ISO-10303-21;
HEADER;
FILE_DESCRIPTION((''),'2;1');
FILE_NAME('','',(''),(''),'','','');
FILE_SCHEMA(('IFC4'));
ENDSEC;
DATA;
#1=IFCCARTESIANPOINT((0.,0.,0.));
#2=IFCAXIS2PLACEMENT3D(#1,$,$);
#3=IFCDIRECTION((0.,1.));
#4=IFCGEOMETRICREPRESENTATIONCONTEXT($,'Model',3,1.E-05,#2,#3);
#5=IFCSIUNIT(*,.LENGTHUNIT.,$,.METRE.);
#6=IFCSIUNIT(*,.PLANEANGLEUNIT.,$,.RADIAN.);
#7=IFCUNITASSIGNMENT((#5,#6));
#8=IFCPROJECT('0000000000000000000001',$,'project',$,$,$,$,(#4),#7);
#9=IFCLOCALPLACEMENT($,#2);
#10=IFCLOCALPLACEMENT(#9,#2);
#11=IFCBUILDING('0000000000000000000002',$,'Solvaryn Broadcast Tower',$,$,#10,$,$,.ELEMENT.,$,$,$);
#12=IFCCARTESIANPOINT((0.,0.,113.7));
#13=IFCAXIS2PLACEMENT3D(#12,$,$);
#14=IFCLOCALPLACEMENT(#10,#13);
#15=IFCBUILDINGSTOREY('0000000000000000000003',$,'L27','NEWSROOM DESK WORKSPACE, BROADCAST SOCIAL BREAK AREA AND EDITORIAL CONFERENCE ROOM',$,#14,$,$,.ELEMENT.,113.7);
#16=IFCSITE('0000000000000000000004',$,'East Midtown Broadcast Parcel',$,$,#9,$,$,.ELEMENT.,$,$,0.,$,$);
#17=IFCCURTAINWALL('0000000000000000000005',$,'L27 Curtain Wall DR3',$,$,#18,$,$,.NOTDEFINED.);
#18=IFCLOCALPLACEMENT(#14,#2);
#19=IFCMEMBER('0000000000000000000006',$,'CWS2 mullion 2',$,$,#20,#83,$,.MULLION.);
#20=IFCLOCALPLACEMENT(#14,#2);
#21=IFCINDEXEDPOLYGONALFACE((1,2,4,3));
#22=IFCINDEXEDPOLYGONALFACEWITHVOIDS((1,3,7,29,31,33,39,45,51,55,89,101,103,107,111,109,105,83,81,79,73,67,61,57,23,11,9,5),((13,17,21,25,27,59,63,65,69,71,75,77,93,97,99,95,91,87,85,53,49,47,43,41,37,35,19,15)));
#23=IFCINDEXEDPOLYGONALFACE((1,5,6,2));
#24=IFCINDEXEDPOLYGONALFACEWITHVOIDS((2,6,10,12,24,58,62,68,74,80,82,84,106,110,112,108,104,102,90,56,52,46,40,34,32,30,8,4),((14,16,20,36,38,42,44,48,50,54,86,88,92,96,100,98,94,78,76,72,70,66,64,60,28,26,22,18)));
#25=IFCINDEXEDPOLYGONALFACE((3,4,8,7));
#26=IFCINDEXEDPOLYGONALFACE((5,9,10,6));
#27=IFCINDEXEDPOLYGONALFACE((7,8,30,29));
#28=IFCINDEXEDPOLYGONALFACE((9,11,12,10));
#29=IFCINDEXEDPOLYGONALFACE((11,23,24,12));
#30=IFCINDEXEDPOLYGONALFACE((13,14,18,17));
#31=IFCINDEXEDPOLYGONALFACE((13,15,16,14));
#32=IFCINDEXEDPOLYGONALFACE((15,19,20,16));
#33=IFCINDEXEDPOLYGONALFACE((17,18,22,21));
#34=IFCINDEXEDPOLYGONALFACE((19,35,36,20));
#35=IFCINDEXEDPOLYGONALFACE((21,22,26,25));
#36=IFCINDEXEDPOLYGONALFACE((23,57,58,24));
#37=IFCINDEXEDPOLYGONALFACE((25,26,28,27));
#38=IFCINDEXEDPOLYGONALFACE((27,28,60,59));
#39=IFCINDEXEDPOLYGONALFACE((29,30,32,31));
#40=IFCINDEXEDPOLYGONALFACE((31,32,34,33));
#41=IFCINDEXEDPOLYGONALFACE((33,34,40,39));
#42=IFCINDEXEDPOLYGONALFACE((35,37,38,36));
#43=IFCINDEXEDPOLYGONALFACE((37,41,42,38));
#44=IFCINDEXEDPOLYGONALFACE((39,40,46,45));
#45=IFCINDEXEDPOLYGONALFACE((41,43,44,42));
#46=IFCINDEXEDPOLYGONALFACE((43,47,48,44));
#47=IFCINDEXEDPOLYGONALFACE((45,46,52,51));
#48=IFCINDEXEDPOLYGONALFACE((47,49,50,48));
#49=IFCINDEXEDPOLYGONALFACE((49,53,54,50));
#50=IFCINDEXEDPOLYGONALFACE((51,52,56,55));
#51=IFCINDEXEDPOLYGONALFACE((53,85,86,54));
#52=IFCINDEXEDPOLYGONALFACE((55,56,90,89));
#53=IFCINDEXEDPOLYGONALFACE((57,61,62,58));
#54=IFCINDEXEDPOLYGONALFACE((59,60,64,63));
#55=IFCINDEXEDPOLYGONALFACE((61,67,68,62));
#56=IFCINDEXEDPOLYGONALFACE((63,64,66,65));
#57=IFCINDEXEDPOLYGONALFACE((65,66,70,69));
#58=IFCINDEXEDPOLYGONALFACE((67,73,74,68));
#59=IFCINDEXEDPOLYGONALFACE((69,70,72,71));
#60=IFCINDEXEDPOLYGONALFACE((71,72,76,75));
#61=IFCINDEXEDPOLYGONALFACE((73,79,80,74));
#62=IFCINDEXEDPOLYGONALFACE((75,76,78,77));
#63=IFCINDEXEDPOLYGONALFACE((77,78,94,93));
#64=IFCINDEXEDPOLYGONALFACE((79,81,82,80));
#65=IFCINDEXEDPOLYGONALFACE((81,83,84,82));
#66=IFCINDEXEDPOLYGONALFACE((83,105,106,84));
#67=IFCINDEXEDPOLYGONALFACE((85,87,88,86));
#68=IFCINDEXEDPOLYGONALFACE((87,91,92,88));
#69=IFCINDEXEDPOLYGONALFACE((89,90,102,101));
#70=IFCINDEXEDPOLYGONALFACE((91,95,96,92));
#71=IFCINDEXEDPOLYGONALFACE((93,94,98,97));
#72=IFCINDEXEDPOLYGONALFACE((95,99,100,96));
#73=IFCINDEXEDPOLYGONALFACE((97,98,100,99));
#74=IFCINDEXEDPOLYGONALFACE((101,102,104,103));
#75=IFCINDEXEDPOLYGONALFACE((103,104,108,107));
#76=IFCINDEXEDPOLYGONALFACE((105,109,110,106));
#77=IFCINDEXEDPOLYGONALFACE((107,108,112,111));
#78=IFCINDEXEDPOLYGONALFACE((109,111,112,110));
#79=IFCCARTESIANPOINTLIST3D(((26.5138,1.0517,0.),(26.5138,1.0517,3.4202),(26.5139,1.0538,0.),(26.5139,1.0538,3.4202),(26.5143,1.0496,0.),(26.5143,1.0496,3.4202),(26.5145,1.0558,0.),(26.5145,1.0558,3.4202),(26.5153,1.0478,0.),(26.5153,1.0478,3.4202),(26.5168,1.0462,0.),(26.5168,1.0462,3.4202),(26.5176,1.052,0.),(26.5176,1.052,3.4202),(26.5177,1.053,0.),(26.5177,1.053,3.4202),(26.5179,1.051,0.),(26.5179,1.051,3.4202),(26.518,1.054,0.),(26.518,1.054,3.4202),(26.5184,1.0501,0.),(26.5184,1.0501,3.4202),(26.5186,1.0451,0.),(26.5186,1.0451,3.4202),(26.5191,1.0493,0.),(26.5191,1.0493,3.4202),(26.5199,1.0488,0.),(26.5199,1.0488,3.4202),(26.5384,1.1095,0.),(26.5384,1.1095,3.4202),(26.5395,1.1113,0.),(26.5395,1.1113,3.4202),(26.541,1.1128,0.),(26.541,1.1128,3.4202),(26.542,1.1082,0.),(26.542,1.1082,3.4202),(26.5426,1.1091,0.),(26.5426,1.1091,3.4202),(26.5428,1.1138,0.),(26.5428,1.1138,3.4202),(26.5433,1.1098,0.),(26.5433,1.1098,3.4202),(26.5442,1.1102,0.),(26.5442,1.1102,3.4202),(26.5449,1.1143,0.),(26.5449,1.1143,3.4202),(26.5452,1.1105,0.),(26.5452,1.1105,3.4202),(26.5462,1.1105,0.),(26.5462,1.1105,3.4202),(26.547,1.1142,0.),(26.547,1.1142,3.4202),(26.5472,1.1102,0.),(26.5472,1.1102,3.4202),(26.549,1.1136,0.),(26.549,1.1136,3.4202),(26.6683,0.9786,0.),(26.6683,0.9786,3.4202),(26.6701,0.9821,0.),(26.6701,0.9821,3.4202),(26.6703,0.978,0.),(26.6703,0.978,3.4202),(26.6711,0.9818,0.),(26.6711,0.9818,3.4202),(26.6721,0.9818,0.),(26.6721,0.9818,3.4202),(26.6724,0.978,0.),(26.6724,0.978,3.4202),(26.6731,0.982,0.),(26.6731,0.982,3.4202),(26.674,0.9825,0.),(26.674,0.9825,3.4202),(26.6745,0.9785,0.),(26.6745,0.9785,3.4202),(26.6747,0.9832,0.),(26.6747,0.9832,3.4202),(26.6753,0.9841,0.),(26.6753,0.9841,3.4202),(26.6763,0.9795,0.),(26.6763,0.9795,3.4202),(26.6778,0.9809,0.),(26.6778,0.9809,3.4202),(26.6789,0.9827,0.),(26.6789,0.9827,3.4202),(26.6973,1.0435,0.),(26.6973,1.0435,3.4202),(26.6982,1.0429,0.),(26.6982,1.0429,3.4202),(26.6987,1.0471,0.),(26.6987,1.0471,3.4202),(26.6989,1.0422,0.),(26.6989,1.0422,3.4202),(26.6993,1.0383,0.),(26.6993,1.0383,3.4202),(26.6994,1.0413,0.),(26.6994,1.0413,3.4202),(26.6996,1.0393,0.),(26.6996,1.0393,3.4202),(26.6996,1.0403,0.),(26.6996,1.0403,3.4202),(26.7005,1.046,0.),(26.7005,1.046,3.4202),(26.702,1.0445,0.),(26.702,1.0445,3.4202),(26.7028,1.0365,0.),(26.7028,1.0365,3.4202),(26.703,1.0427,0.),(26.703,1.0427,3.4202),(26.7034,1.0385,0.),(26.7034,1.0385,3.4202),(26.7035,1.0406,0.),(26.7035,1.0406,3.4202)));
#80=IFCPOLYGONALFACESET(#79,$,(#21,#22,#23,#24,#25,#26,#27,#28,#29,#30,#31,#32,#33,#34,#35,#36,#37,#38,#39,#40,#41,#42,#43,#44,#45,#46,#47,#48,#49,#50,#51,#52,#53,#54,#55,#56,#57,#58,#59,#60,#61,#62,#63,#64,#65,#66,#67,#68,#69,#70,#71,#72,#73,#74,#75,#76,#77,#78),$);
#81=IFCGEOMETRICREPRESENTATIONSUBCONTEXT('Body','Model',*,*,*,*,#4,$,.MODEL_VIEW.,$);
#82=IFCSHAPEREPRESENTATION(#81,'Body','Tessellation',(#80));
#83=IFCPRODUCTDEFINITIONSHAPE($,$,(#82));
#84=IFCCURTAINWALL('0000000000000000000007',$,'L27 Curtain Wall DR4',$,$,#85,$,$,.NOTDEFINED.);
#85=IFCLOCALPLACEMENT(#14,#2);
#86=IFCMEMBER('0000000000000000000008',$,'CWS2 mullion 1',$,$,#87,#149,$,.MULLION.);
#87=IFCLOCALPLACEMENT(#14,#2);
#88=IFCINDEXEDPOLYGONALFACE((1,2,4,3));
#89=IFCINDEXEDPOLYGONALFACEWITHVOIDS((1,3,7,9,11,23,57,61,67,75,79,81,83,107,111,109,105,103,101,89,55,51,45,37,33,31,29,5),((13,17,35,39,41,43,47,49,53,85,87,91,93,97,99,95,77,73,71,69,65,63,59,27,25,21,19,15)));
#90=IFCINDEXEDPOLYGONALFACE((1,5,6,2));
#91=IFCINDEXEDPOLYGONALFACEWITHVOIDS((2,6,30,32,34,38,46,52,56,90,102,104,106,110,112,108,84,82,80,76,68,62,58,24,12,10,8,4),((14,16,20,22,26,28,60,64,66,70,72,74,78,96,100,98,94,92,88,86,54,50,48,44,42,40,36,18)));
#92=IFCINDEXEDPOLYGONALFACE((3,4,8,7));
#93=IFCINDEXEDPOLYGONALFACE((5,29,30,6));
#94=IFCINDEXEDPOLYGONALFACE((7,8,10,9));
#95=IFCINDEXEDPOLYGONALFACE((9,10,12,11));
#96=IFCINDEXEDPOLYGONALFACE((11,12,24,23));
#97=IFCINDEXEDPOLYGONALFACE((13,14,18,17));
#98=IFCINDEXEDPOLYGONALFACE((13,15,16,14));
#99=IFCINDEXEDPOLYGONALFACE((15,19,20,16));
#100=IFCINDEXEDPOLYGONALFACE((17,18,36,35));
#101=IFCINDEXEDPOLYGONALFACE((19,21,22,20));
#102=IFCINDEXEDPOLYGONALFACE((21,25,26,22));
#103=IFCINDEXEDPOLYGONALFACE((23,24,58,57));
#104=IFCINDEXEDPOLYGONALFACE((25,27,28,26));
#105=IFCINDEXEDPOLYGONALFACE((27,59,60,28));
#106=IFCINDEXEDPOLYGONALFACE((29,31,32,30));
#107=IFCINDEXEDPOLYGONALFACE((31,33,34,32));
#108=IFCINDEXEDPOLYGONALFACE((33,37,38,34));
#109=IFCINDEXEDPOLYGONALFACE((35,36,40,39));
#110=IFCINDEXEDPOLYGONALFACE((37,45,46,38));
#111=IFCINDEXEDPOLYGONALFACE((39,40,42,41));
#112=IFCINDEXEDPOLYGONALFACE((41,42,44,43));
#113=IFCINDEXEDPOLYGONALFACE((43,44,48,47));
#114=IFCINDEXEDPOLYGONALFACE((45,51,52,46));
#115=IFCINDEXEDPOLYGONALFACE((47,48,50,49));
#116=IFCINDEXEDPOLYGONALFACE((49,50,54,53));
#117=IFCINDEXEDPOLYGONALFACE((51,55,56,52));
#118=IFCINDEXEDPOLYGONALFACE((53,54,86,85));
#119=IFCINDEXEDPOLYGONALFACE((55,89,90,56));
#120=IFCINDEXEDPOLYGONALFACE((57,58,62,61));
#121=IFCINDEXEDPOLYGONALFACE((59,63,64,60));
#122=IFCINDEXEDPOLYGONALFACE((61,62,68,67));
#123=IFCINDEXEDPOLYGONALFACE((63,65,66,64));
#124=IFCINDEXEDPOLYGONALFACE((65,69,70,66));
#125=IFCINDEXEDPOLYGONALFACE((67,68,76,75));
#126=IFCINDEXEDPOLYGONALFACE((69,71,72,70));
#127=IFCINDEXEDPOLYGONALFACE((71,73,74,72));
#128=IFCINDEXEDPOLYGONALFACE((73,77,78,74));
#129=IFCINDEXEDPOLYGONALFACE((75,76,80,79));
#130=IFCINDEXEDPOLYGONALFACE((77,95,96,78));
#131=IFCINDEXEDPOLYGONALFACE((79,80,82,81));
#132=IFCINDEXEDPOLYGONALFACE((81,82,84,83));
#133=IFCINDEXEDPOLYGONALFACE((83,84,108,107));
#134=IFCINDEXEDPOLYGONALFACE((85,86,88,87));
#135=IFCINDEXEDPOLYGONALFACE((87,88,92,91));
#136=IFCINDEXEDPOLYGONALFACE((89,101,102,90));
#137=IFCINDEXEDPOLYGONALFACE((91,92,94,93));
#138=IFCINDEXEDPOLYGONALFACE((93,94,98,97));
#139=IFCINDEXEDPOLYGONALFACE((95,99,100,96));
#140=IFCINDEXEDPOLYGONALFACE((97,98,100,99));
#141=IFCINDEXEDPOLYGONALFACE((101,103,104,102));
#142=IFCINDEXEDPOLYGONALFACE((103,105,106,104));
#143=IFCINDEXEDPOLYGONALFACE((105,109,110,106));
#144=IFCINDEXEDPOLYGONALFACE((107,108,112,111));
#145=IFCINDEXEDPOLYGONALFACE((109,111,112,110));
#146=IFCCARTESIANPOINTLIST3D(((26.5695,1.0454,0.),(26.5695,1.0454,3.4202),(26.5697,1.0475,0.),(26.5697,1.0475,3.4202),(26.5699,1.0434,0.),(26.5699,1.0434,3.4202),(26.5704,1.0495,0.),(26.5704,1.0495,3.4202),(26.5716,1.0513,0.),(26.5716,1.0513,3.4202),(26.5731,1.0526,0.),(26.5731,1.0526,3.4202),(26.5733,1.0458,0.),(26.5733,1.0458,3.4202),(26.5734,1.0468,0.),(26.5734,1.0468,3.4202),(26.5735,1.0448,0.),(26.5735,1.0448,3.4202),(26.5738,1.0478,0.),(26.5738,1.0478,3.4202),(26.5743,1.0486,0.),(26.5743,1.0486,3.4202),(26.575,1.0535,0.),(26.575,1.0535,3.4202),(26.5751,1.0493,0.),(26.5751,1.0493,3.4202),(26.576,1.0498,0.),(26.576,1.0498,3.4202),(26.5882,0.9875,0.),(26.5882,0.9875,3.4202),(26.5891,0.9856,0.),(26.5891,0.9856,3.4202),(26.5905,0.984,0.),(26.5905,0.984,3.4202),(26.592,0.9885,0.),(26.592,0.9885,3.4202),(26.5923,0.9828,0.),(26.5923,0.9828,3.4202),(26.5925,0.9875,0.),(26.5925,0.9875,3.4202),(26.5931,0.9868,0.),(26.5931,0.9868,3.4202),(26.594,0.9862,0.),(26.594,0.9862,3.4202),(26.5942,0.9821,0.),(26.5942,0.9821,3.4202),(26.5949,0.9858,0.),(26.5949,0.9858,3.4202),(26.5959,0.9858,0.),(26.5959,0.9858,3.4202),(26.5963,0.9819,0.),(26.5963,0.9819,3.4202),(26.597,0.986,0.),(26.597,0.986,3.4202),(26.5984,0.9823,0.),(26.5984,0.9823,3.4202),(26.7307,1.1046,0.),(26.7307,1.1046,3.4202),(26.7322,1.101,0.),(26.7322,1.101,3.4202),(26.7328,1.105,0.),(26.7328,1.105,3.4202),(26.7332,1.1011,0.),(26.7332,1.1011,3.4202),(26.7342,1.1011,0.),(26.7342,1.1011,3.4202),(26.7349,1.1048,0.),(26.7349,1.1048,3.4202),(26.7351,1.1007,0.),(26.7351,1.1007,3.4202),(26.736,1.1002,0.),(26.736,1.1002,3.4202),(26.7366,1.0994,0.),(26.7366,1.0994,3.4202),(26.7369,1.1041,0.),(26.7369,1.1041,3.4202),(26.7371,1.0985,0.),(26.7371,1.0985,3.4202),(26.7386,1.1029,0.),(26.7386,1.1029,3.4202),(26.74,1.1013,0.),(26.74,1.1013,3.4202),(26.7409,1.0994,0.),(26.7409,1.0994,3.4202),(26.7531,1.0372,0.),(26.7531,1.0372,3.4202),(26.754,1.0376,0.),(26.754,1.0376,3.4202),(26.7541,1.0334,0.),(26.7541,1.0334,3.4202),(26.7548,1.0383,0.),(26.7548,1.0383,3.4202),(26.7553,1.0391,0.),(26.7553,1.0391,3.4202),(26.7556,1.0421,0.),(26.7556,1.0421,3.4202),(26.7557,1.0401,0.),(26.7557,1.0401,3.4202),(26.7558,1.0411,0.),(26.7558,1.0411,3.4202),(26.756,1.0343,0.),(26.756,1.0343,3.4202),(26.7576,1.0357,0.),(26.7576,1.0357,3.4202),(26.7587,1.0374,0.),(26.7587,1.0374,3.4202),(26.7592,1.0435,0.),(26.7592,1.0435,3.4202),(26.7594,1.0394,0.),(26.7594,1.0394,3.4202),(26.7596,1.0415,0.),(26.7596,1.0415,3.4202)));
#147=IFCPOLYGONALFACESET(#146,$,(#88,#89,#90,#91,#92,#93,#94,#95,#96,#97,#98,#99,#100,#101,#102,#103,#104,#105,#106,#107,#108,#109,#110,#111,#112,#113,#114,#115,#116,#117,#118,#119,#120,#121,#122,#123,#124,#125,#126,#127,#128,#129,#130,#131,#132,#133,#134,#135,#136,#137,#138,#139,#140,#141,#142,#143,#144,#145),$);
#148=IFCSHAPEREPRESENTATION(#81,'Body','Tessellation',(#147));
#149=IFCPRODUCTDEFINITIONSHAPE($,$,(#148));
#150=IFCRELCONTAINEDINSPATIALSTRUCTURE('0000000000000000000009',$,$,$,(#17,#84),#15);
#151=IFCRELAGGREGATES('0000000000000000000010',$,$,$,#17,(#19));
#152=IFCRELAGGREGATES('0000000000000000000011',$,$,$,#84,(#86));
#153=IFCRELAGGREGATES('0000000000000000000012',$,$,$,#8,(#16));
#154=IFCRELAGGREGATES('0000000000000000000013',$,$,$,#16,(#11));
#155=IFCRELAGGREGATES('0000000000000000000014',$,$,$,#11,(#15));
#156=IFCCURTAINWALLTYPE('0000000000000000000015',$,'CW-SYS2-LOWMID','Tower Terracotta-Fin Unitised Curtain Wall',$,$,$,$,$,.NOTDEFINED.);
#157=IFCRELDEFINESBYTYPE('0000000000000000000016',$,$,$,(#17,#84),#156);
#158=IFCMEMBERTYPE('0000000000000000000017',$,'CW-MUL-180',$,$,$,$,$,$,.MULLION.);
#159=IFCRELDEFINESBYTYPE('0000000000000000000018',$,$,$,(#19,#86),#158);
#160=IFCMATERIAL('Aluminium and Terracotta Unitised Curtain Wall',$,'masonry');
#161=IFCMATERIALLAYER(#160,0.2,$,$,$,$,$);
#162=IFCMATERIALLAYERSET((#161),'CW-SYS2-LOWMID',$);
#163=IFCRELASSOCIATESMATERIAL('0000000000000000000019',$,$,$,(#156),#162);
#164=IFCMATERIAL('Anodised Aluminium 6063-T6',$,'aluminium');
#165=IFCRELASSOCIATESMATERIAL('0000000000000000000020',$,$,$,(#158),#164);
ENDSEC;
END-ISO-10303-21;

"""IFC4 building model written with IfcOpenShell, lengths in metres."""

from ifc_helpers import new_model, si_unit, direction, frame, origin, origin_2d, place, context, subcontext, project, spatial, hollow_rectangle, extrude, material, layer, layer_set, material_profile, profile_set, type_object, element, aggregate, save


model = new_model("IFC4")

# Units and contexts
model_context = context("Model", 3, precision=1e-05, world=origin(), true_north=direction((0.0, 1.0)))
body_context = subcontext(model_context, "Body", "Model", "MODEL_VIEW")
ifc_project = project(units=[si_unit("LENGTHUNIT", "METRE"), si_unit("PLANEANGLEUNIT", "RADIAN")], contexts=[model_context])

# Site, building, storey
site_placement = place(None, origin())
site = spatial("IfcSite", under=ifc_project, at=site_placement, Name="East Midtown Broadcast Parcel", CompositionType="ELEMENT", RefElevation=0.0)
building_placement = place(site_placement, origin())
building = spatial("IfcBuilding", under=site, at=building_placement, Name="Solvaryn Broadcast Tower", CompositionType="ELEMENT")
storey_placement = place(building_placement, frame((0.0, 0.0, 113.7)))
storey = spatial("IfcBuildingStorey", under=building, at=storey_placement, Name="L27", Description="NEWSROOM DESK WORKSPACE, BROADCAST SOCIAL BREAK AREA AND EDITORIAL CONFERENCE ROOM", CompositionType="ELEMENT", Elevation=113.7)

# Curtain wall, member
ifc_material_1 = material(Name="Aluminium and Terracotta Unitised Curtain Wall", Category="masonry")
ifc_layer_1 = layer(ifc_material_1, 0.2)
ifc_layer_set_1 = layer_set([ifc_layer_1], Name="CW-SYS2-LOWMID")
curtain_wall_type = type_object("IfcCurtainWallType", Name="CW-SYS2-LOWMID", Description="Tower Terracotta-Fin Unitised Curtain Wall", PredefinedType="NOTDEFINED", material=ifc_layer_set_1)
curtain_wall_1_placement = place(storey_placement, origin())
curtain_wall_1 = element("IfcCurtainWall", 1, at=curtain_wall_1_placement, inside=storey, type_object=curtain_wall_type, Name="L27 Curtain Wall DR3", PredefinedType="NOTDEFINED")
ifc_material_2 = material(Name="Anodised Aluminium 6063-T6", Category="aluminium")
ifc_material_profile_1 = material_profile(ifc_material_2, hollow_rectangle(XDim=0.075, YDim=0.1799, WallThickness=0.0039, InnerFilletRadius=0.0039, OuterFilletRadius=0.0081, at=origin_2d()))
ifc_profile_set_1 = profile_set([ifc_material_profile_1], Name="Anodised Aluminium 6063-T6")
member_type_1 = type_object("IfcMemberType", Name="CW-MUL-180", PredefinedType="MULLION", material=ifc_profile_set_1)
member_1_placement = place(storey_placement, frame((26.6086, 1.0461, 0.0), z_axis=(0.0, 0.0, 1.0), x_axis=(0.405918, 0.913909, 0.0)))
member_1 = element("IfcMember", 2, at=member_1_placement, type_object=member_type_1, Name="CWS2 mullion 2", PredefinedType="MULLION", context=body_context, shape_type="SweptSolid", body=[
    extrude(hollow_rectangle(XDim=0.075, YDim=0.1799, WallThickness=0.0039, InnerFilletRadius=0.0039, OuterFilletRadius=0.0081, at=origin_2d()), origin(), (0.0, 0.0, 1.0), 3.4202),
])
aggregate(curtain_wall_1, [member_1])

# Curtain wall, member
curtain_wall_2_placement = place(storey_placement, origin())
curtain_wall_2 = element("IfcCurtainWall", 3, at=curtain_wall_2_placement, inside=storey, type_object=curtain_wall_type, Name="L27 Curtain Wall DR4", PredefinedType="NOTDEFINED")
member_2_placement = place(storey_placement, frame((26.6646, 1.0435, 0.0), z_axis=(0.0, 0.0, 1.0), x_axis=(-0.311646, 0.950198, 0.0)))
member_2 = element("IfcMember", 4, at=member_2_placement, type_object=member_type_1, Name="CWS2 mullion 1", PredefinedType="MULLION", context=body_context, shape_type="SweptSolid", body=[
    extrude(hollow_rectangle(XDim=0.075, YDim=0.1799, WallThickness=0.0039, InnerFilletRadius=0.0039, OuterFilletRadius=0.0081, at=origin_2d()), origin(), (0.0, 0.0, 1.0), 3.4202),
])
aggregate(curtain_wall_2, [member_2])

save(model, "model.ifc")
